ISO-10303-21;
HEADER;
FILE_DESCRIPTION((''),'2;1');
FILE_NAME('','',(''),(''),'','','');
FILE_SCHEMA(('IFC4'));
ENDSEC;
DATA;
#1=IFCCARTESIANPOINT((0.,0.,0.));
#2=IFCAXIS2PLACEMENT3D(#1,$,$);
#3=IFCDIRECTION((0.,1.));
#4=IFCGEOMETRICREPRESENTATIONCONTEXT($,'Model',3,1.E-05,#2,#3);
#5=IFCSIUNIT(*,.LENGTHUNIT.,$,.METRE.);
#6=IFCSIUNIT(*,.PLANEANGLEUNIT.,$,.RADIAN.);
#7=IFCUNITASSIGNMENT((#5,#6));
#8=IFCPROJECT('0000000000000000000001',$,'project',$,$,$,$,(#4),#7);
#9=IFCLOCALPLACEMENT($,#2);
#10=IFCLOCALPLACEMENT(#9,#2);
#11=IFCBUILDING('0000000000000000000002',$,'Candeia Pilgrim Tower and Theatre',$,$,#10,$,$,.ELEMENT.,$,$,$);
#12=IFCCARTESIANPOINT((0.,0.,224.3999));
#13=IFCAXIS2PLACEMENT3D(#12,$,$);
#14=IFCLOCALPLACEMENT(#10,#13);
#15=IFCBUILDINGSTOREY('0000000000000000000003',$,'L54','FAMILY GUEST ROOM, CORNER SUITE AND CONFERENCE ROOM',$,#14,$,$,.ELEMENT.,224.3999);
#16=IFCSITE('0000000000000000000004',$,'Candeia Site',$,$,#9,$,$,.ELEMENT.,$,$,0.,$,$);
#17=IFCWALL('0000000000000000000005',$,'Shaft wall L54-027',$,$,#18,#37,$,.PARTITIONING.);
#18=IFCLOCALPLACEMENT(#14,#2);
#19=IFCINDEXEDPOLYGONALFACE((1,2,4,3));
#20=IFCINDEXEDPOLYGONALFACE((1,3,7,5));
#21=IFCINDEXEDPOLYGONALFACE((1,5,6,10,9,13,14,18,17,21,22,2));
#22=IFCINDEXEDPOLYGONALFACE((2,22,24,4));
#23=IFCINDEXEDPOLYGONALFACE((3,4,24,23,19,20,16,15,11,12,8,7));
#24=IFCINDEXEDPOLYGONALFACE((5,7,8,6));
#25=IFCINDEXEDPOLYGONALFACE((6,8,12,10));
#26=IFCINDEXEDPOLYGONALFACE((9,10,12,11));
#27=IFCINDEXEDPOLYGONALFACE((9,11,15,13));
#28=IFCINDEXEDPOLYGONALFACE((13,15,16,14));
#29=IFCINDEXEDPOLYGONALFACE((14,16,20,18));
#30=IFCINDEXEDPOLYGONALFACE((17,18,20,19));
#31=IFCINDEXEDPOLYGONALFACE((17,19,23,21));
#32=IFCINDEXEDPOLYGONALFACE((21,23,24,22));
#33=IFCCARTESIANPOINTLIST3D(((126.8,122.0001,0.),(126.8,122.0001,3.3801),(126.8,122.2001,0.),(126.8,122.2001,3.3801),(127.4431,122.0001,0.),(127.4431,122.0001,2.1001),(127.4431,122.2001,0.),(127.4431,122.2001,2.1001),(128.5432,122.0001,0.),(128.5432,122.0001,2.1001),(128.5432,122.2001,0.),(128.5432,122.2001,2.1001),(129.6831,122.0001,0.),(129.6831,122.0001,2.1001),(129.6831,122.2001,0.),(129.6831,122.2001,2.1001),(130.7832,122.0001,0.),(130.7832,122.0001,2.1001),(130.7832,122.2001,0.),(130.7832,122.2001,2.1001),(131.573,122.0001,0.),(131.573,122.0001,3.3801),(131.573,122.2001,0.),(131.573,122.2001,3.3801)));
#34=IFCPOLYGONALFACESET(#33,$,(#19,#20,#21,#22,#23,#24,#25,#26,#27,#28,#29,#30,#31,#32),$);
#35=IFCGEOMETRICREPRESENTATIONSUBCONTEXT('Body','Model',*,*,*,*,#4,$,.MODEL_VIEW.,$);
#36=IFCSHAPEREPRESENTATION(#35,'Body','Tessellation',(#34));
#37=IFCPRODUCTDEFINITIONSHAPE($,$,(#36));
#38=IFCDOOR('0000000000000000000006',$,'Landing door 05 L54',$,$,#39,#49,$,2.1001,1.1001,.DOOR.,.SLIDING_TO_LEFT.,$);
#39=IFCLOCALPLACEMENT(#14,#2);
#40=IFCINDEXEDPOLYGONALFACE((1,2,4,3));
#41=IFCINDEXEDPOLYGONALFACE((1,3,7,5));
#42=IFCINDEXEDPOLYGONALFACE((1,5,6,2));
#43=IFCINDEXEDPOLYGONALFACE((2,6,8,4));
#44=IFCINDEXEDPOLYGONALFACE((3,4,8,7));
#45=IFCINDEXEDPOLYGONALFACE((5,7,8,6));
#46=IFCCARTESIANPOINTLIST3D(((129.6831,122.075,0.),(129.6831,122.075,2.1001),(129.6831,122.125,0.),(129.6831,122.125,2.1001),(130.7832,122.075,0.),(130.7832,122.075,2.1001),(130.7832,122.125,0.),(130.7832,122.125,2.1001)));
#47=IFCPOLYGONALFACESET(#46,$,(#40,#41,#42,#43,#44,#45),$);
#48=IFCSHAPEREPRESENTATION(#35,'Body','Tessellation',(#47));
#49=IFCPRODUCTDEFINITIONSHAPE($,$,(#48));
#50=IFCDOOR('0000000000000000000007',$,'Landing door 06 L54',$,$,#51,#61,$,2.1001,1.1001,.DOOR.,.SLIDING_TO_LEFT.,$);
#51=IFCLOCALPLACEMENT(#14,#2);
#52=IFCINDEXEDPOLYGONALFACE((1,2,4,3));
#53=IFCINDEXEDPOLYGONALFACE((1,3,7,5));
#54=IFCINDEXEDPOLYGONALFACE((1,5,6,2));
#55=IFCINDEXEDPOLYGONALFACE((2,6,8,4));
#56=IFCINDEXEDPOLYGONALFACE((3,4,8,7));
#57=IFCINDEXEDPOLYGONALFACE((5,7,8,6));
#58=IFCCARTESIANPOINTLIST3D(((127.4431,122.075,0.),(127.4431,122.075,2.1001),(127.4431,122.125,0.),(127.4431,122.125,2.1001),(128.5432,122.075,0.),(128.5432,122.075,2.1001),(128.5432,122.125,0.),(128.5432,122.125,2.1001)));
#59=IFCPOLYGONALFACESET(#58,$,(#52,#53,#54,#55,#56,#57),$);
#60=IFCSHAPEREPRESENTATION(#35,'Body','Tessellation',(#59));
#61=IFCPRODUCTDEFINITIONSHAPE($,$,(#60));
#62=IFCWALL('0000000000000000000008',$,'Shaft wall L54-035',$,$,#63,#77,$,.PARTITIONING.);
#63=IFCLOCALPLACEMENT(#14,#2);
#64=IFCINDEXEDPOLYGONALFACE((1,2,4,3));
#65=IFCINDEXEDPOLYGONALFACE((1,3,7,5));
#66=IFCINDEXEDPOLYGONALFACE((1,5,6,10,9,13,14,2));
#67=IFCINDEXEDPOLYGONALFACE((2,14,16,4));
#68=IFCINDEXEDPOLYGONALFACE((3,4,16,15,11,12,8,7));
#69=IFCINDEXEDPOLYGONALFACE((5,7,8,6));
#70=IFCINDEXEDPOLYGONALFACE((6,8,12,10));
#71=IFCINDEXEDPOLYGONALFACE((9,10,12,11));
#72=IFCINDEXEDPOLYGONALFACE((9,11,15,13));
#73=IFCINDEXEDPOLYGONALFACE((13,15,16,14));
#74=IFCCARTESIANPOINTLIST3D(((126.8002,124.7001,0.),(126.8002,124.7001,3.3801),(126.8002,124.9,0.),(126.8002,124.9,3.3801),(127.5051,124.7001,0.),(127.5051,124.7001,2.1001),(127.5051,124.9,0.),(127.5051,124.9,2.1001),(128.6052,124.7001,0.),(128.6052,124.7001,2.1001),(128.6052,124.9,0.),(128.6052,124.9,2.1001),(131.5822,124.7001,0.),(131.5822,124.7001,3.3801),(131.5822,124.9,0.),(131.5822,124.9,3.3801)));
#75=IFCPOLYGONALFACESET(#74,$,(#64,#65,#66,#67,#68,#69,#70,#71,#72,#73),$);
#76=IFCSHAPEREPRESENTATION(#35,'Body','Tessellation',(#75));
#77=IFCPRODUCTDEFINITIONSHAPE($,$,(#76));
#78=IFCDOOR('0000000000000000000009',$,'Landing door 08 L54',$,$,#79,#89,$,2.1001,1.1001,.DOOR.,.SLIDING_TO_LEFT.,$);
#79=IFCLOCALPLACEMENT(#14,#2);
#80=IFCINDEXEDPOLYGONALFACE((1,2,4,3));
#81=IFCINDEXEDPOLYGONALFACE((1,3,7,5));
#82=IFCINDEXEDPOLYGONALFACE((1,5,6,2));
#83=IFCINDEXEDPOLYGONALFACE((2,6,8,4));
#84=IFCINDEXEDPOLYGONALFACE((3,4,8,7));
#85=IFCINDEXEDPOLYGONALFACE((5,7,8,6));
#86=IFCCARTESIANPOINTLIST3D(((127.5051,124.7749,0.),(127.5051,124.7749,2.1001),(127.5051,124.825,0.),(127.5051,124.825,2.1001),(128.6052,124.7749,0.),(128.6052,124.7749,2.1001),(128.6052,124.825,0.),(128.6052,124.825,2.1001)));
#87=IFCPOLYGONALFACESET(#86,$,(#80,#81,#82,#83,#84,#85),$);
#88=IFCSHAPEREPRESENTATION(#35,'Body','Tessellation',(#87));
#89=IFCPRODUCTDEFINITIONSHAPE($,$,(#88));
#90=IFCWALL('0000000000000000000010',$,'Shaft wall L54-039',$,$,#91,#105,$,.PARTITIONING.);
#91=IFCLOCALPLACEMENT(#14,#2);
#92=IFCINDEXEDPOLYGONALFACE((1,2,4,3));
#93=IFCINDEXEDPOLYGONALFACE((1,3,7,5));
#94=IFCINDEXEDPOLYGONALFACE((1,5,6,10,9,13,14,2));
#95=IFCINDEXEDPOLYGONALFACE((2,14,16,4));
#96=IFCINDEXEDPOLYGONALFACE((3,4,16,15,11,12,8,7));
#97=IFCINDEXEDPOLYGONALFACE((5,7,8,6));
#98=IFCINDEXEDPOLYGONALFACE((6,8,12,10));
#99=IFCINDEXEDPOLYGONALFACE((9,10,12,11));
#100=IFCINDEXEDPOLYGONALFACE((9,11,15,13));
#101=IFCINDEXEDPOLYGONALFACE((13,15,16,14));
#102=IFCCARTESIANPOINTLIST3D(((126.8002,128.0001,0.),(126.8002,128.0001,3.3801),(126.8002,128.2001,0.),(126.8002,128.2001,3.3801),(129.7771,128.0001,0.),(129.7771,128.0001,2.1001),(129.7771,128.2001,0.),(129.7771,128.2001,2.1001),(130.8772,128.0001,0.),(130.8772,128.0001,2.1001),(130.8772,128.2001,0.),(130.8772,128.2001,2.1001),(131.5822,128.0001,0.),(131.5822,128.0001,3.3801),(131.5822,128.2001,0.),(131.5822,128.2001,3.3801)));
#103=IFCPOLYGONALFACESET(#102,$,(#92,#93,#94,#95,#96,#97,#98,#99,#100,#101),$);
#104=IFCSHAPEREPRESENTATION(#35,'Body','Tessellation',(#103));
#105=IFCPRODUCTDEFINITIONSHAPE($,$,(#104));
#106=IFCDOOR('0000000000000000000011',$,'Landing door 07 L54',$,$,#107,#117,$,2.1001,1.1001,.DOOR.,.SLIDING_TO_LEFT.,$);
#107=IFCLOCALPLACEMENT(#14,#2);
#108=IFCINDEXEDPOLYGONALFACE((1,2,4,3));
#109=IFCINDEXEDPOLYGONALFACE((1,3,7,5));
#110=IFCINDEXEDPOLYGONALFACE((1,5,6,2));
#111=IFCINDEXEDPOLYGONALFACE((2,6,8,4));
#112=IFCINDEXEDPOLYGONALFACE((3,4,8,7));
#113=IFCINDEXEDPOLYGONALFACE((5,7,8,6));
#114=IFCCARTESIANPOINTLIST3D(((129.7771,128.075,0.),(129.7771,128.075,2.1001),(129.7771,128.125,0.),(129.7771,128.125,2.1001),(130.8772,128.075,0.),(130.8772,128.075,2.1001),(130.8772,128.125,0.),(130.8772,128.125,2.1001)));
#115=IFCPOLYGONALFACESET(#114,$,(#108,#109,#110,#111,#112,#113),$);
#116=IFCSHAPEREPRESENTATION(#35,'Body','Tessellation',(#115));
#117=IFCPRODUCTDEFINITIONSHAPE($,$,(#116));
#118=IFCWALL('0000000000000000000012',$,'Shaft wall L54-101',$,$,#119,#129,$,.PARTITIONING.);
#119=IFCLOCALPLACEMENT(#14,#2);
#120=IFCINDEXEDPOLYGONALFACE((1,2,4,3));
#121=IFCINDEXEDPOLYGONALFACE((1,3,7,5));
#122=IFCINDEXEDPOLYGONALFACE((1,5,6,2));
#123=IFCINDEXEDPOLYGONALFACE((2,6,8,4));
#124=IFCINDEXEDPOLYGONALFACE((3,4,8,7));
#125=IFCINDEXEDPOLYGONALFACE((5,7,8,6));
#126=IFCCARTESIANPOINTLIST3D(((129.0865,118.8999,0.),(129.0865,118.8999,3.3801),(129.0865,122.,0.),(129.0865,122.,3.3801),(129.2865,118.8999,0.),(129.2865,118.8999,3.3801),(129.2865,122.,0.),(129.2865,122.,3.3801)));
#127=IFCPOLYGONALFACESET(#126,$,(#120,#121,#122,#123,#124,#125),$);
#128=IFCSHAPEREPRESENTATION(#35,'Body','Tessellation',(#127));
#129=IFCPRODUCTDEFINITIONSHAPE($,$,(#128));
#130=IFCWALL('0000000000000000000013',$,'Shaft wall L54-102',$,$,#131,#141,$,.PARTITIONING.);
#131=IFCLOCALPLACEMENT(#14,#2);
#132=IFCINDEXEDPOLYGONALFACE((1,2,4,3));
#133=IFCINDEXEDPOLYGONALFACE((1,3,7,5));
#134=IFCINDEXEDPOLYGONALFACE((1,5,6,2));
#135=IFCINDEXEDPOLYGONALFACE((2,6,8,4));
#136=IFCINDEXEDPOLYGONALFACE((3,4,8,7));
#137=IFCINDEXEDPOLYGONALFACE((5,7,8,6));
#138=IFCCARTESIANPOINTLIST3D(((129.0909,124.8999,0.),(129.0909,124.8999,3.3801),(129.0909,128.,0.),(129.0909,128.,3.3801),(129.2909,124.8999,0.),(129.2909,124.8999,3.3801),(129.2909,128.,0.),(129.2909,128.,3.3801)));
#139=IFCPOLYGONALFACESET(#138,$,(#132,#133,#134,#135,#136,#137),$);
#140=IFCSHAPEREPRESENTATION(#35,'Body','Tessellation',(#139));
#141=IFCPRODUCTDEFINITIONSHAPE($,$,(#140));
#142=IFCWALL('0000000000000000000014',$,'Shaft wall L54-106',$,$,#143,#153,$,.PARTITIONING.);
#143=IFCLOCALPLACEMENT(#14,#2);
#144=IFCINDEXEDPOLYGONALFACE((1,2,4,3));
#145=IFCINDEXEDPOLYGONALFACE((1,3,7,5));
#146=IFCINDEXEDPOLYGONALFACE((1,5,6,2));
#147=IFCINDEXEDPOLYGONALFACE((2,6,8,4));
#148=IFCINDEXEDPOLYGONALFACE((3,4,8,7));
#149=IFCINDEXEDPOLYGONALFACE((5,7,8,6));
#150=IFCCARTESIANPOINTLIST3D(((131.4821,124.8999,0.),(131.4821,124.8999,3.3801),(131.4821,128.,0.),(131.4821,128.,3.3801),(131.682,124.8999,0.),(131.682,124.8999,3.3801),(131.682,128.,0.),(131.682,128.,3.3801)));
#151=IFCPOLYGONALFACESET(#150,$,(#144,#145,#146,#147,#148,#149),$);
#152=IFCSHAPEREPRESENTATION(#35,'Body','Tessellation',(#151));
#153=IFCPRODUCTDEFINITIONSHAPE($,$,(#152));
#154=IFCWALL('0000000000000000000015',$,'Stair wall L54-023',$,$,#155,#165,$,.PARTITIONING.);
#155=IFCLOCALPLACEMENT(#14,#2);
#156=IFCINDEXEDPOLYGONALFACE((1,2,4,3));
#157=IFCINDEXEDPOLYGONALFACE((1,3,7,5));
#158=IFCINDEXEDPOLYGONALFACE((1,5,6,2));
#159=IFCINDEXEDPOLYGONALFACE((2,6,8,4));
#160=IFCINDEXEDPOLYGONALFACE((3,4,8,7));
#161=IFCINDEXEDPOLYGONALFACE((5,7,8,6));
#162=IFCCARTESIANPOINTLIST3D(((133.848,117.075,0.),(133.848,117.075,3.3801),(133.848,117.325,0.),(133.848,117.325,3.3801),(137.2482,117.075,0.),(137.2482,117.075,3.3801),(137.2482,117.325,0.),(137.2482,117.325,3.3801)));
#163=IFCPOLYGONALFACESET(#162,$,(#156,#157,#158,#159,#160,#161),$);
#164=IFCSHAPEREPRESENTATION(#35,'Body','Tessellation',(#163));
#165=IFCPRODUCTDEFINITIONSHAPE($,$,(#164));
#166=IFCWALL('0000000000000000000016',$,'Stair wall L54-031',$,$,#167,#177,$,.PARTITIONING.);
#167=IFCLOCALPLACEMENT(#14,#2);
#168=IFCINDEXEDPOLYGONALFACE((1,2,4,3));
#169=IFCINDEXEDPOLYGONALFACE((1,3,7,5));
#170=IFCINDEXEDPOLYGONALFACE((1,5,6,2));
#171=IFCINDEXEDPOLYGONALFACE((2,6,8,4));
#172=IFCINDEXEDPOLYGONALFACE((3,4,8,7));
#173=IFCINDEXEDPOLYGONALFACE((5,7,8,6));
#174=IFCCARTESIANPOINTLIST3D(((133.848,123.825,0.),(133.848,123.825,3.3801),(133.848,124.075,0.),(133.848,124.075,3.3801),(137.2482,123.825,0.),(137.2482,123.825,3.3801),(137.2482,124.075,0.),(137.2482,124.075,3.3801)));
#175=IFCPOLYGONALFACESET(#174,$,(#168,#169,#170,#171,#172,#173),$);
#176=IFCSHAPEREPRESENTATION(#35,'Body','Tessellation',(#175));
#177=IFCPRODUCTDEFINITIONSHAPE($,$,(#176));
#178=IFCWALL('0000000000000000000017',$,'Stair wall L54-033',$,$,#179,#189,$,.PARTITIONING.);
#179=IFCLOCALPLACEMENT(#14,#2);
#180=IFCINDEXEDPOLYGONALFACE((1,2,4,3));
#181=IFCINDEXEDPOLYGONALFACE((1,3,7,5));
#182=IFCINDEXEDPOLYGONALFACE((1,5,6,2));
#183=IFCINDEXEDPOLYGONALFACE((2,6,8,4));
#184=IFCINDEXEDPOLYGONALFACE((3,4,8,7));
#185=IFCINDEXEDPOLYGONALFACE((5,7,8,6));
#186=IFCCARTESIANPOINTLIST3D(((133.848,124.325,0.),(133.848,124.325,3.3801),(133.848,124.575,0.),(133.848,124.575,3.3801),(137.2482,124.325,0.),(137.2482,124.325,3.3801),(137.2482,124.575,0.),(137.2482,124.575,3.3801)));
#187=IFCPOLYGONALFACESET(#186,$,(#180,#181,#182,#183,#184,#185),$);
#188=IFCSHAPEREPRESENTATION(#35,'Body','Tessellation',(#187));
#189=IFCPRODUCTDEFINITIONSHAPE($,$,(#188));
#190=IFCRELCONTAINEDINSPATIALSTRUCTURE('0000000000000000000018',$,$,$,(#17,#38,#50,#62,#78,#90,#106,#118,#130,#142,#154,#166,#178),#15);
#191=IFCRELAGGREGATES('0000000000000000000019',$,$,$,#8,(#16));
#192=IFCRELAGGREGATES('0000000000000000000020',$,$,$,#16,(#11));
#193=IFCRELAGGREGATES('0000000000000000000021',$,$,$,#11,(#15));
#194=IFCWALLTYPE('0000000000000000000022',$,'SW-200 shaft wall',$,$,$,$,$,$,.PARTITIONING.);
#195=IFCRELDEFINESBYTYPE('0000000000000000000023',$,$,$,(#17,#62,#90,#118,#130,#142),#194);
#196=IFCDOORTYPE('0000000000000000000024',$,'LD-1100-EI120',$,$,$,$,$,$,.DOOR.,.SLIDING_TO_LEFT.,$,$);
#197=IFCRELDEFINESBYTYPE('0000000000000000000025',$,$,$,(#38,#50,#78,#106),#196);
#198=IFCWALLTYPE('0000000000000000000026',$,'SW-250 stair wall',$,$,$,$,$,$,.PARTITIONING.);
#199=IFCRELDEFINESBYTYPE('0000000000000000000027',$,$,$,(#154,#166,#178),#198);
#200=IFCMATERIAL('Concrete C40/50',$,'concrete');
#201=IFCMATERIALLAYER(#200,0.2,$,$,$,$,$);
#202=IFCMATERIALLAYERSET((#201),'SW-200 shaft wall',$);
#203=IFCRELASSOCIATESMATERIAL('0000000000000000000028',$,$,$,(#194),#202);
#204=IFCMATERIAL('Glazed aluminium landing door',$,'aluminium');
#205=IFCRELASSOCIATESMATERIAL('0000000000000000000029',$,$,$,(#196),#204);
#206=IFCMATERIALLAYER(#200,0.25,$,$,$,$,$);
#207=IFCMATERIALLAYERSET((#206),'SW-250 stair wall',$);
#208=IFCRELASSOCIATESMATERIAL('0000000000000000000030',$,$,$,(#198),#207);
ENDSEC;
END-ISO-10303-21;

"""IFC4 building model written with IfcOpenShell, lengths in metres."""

from ifc_helpers import new_model, si_unit, direction, frame, frame_2d, origin, place, context, subcontext, project, spatial, rectangle, extrude, material, layer, layer_set, type_object, element, fill, save


model = new_model("IFC4")

# Units and contexts
model_context = context("Model", 3, precision=1e-05, world=origin(), true_north=direction((0.0, 1.0)))
body_context = subcontext(model_context, "Body", "Model", "MODEL_VIEW")
ifc_project = project(units=[si_unit("LENGTHUNIT", "METRE"), si_unit("PLANEANGLEUNIT", "RADIAN")], contexts=[model_context])

# Site, building, storey
site_placement = place(None, origin())
site = spatial("IfcSite", under=ifc_project, at=site_placement, Name="Candeia Site", CompositionType="ELEMENT", RefElevation=0.0)
building_placement = place(site_placement, origin())
building = spatial("IfcBuilding", under=site, at=building_placement, Name="Candeia Pilgrim Tower and Theatre", CompositionType="ELEMENT")
storey_placement = place(building_placement, frame((0.0, 0.0, 224.3999)))
storey = spatial("IfcBuildingStorey", under=building, at=storey_placement, Name="L54", Description="FAMILY GUEST ROOM, CORNER SUITE AND CONFERENCE ROOM", CompositionType="ELEMENT", Elevation=224.3999)

# Shared definitions
ifc_material_1 = material(Name="Concrete C40/50", Category="concrete")
ifc_layer_1 = layer(ifc_material_1, 0.2)
ifc_layer_set_1 = layer_set([ifc_layer_1], Name="SW-200 shaft wall")
wall_type_1 = type_object("IfcWallType", Name="SW-200 shaft wall", PredefinedType="PARTITIONING", material=ifc_layer_set_1)

# Wall, openings, doors
wall_1_placement = place(storey_placement, frame((126.8, 122.1001, 0.0), z_axis=(0.0, 0.0, 1.0), x_axis=(1.0, 0.0, 0.0)))
wall_1 = element("IfcWall", 1, at=wall_1_placement, inside=storey, type_object=wall_type_1, Name="Shaft wall L54-027", PredefinedType="PARTITIONING", context=body_context, shape_type="SweptSolid", body=[
    extrude(rectangle(XDim=4.7729, YDim=0.2, at=frame_2d((2.3865, 0.0))), origin(), (0.0, 0.0, 1.0), 3.3801),
])
opening_1_placement = place(wall_1_placement, frame((2.8831, 0.0, 0.0)))
opening_1 = element("IfcOpeningElement", 2, at=opening_1_placement, cuts=wall_1, PredefinedType="OPENING", context=body_context, shape_type="SweptSolid", body=[
    extrude(rectangle(XDim=1.1001, YDim=2.1001, at=frame_2d((0.55, 1.05))), frame((0.0, 0.1099, 0.0), z_axis=(0.0, -1.0, 0.0), x_axis=(1.0, 0.0, 0.0)), (0.0, 0.0, 1.0), 0.22),
])
opening_2_placement = place(wall_1_placement, frame((0.6431, 0.0, 0.0)))
opening_2 = element("IfcOpeningElement", 3, at=opening_2_placement, cuts=wall_1, PredefinedType="OPENING", context=body_context, shape_type="SweptSolid", body=[
    extrude(rectangle(XDim=1.1001, YDim=2.1001, at=frame_2d((0.55, 1.05))), frame((0.0, 0.1099, 0.0), z_axis=(0.0, -1.0, 0.0), x_axis=(1.0, 0.0, 0.0)), (0.0, 0.0, 1.0), 0.22),
])
ifc_material_2 = material(Name="Glazed aluminium landing door", Category="aluminium")
door_type_1 = type_object("IfcDoorType", Name="LD-1100-EI120", OperationType="SLIDING_TO_LEFT", PredefinedType="DOOR", material=ifc_material_2)
door_1_placement = place(opening_1_placement, origin())
door_1 = element("IfcDoor", 4, at=door_1_placement, inside=storey, type_object=door_type_1, Name="Landing door 05 L54", OperationType="SLIDING_TO_LEFT", OverallHeight=2.1001, OverallWidth=1.1001, PredefinedType="DOOR", context=body_context, shape_type="SweptSolid", body=[
    extrude(rectangle(XDim=1.1001, YDim=2.1001, at=frame_2d((0.55, 1.05))), frame((0.0, 0.0249, 0.0), z_axis=(0.0, -1.0, 0.0), x_axis=(1.0, 0.0, 0.0)), (0.0, 0.0, 1.0), 0.05),
])
fill(opening_1, door_1)
door_2_placement = place(opening_2_placement, origin())
door_2 = element("IfcDoor", 5, at=door_2_placement, inside=storey, type_object=door_type_1, Name="Landing door 06 L54", OperationType="SLIDING_TO_LEFT", OverallHeight=2.1001, OverallWidth=1.1001, PredefinedType="DOOR", context=body_context, shape_type="SweptSolid", body=[
    extrude(rectangle(XDim=1.1001, YDim=2.1001, at=frame_2d((0.55, 1.05))), frame((0.0, 0.0249, 0.0), z_axis=(0.0, -1.0, 0.0), x_axis=(1.0, 0.0, 0.0)), (0.0, 0.0, 1.0), 0.05),
])
fill(opening_2, door_2)

# Walls, openings, doors
wall_2_placement = place(storey_placement, frame((126.8, 124.8, 0.0), z_axis=(0.0, 0.0, 1.0), x_axis=(1.0, 0.0, 0.0)))
wall_2 = element("IfcWall", 6, at=wall_2_placement, inside=storey, type_object=wall_type_1, Name="Shaft wall L54-035", PredefinedType="PARTITIONING", context=body_context, shape_type="SweptSolid", body=[
    extrude(rectangle(XDim=4.782, YDim=0.2, at=frame_2d((2.3911, 0.0))), origin(), (0.0, 0.0, 1.0), 3.3801),
])
opening_3_placement = place(wall_2_placement, frame((0.7051, 0.0, 0.0)))
opening_3 = element("IfcOpeningElement", 7, at=opening_3_placement, cuts=wall_2, PredefinedType="OPENING", context=body_context, shape_type="SweptSolid", body=[
    extrude(rectangle(XDim=1.1001, YDim=2.1001, at=frame_2d((0.55, 1.05))), frame((0.0, 0.1099, 0.0), z_axis=(0.0, -1.0, 0.0), x_axis=(1.0, 0.0, 0.0)), (0.0, 0.0, 1.0), 0.22),
])
door_3_placement = place(opening_3_placement, origin())
door_3 = element("IfcDoor", 8, at=door_3_placement, inside=storey, type_object=door_type_1, Name="Landing door 08 L54", OperationType="SLIDING_TO_LEFT", OverallHeight=2.1001, OverallWidth=1.1001, PredefinedType="DOOR", context=body_context, shape_type="SweptSolid", body=[
    extrude(rectangle(XDim=1.1001, YDim=2.1001, at=frame_2d((0.55, 1.05))), frame((0.0, 0.0249, 0.0), z_axis=(0.0, -1.0, 0.0), x_axis=(1.0, 0.0, 0.0)), (0.0, 0.0, 1.0), 0.05),
])
fill(opening_3, door_3)
wall_3_placement = place(storey_placement, frame((126.8, 128.1001, 0.0), z_axis=(0.0, 0.0, 1.0), x_axis=(1.0, 0.0, 0.0)))
wall_3 = element("IfcWall", 9, at=wall_3_placement, inside=storey, type_object=wall_type_1, Name="Shaft wall L54-039", PredefinedType="PARTITIONING", context=body_context, shape_type="SweptSolid", body=[
    extrude(rectangle(XDim=4.782, YDim=0.2, at=frame_2d((2.3911, 0.0))), origin(), (0.0, 0.0, 1.0), 3.3801),
])
opening_4_placement = place(wall_3_placement, frame((2.9771, 0.0, 0.0)))
opening_4 = element("IfcOpeningElement", 10, at=opening_4_placement, cuts=wall_3, PredefinedType="OPENING", context=body_context, shape_type="SweptSolid", body=[
    extrude(rectangle(XDim=1.1001, YDim=2.1001, at=frame_2d((0.55, 1.05))), frame((0.0, 0.1099, 0.0), z_axis=(0.0, -1.0, 0.0), x_axis=(1.0, 0.0, 0.0)), (0.0, 0.0, 1.0), 0.22),
])
door_4_placement = place(opening_4_placement, origin())
door_4 = element("IfcDoor", 11, at=door_4_placement, inside=storey, type_object=door_type_1, Name="Landing door 07 L54", OperationType="SLIDING_TO_LEFT", OverallHeight=2.1001, OverallWidth=1.1001, PredefinedType="DOOR", context=body_context, shape_type="SweptSolid", body=[
    extrude(rectangle(XDim=1.1001, YDim=2.1001, at=frame_2d((0.55, 1.05))), frame((0.0, 0.0249, 0.0), z_axis=(0.0, -1.0, 0.0), x_axis=(1.0, 0.0, 0.0)), (0.0, 0.0, 1.0), 0.05),
])
fill(opening_4, door_4)

# Walls
for number, where, z_axis, x_axis, name in (
    (12, (129.1865, 118.8999, 0.0), (0.0, 0.0, 1.0), (0.0, 1.0, 0.0), "Shaft wall L54-101"),
    (13, (129.1909, 124.8999, 0.0), (0.0, 0.0, 1.0), (0.0, 1.0, 0.0), "Shaft wall L54-102"),
    (14, (131.582, 124.8999, 0.0), (0.0, 0.0, 1.0), (0.0, 1.0, 0.0), "Shaft wall L54-106"),
):
    element("IfcWall", number, at=place(storey_placement, frame(where, z_axis=z_axis, x_axis=x_axis)), inside=storey, type_object=wall_type_1, Name=name, PredefinedType="PARTITIONING", context=body_context, shape_type="SweptSolid", body=[
        extrude(rectangle(XDim=3.1001, YDim=0.2, at=frame_2d((1.55, 0.0))), origin(), (0.0, 0.0, 1.0), 3.3801),
    ])
ifc_layer_2 = layer(ifc_material_1, 0.25)
ifc_layer_set_2 = layer_set([ifc_layer_2], Name="SW-250 stair wall")
wall_type_2 = type_object("IfcWallType", Name="SW-250 stair wall", PredefinedType="PARTITIONING", material=ifc_layer_set_2)
for number, where, z_axis, x_axis, name in (
    (15, (133.8479, 117.2, 0.0), (0.0, 0.0, 1.0), (1.0, 0.0, 0.0), "Stair wall L54-023"),
    (16, (133.8479, 123.95, 0.0), (0.0, 0.0, 1.0), (1.0, 0.0, 0.0), "Stair wall L54-031"),
    (17, (133.8479, 124.45, 0.0), (0.0, 0.0, 1.0), (1.0, 0.0, 0.0), "Stair wall L54-033"),
):
    element("IfcWall", number, at=place(storey_placement, frame(where, z_axis=z_axis, x_axis=x_axis)), inside=storey, type_object=wall_type_2, Name=name, PredefinedType="PARTITIONING", context=body_context, shape_type="SweptSolid", body=[
        extrude(rectangle(XDim=3.4001, YDim=0.25, at=frame_2d((1.7002, 0.0))), origin(), (0.0, 0.0, 1.0), 3.3801),
    ])

save(model, "model.ifc")
